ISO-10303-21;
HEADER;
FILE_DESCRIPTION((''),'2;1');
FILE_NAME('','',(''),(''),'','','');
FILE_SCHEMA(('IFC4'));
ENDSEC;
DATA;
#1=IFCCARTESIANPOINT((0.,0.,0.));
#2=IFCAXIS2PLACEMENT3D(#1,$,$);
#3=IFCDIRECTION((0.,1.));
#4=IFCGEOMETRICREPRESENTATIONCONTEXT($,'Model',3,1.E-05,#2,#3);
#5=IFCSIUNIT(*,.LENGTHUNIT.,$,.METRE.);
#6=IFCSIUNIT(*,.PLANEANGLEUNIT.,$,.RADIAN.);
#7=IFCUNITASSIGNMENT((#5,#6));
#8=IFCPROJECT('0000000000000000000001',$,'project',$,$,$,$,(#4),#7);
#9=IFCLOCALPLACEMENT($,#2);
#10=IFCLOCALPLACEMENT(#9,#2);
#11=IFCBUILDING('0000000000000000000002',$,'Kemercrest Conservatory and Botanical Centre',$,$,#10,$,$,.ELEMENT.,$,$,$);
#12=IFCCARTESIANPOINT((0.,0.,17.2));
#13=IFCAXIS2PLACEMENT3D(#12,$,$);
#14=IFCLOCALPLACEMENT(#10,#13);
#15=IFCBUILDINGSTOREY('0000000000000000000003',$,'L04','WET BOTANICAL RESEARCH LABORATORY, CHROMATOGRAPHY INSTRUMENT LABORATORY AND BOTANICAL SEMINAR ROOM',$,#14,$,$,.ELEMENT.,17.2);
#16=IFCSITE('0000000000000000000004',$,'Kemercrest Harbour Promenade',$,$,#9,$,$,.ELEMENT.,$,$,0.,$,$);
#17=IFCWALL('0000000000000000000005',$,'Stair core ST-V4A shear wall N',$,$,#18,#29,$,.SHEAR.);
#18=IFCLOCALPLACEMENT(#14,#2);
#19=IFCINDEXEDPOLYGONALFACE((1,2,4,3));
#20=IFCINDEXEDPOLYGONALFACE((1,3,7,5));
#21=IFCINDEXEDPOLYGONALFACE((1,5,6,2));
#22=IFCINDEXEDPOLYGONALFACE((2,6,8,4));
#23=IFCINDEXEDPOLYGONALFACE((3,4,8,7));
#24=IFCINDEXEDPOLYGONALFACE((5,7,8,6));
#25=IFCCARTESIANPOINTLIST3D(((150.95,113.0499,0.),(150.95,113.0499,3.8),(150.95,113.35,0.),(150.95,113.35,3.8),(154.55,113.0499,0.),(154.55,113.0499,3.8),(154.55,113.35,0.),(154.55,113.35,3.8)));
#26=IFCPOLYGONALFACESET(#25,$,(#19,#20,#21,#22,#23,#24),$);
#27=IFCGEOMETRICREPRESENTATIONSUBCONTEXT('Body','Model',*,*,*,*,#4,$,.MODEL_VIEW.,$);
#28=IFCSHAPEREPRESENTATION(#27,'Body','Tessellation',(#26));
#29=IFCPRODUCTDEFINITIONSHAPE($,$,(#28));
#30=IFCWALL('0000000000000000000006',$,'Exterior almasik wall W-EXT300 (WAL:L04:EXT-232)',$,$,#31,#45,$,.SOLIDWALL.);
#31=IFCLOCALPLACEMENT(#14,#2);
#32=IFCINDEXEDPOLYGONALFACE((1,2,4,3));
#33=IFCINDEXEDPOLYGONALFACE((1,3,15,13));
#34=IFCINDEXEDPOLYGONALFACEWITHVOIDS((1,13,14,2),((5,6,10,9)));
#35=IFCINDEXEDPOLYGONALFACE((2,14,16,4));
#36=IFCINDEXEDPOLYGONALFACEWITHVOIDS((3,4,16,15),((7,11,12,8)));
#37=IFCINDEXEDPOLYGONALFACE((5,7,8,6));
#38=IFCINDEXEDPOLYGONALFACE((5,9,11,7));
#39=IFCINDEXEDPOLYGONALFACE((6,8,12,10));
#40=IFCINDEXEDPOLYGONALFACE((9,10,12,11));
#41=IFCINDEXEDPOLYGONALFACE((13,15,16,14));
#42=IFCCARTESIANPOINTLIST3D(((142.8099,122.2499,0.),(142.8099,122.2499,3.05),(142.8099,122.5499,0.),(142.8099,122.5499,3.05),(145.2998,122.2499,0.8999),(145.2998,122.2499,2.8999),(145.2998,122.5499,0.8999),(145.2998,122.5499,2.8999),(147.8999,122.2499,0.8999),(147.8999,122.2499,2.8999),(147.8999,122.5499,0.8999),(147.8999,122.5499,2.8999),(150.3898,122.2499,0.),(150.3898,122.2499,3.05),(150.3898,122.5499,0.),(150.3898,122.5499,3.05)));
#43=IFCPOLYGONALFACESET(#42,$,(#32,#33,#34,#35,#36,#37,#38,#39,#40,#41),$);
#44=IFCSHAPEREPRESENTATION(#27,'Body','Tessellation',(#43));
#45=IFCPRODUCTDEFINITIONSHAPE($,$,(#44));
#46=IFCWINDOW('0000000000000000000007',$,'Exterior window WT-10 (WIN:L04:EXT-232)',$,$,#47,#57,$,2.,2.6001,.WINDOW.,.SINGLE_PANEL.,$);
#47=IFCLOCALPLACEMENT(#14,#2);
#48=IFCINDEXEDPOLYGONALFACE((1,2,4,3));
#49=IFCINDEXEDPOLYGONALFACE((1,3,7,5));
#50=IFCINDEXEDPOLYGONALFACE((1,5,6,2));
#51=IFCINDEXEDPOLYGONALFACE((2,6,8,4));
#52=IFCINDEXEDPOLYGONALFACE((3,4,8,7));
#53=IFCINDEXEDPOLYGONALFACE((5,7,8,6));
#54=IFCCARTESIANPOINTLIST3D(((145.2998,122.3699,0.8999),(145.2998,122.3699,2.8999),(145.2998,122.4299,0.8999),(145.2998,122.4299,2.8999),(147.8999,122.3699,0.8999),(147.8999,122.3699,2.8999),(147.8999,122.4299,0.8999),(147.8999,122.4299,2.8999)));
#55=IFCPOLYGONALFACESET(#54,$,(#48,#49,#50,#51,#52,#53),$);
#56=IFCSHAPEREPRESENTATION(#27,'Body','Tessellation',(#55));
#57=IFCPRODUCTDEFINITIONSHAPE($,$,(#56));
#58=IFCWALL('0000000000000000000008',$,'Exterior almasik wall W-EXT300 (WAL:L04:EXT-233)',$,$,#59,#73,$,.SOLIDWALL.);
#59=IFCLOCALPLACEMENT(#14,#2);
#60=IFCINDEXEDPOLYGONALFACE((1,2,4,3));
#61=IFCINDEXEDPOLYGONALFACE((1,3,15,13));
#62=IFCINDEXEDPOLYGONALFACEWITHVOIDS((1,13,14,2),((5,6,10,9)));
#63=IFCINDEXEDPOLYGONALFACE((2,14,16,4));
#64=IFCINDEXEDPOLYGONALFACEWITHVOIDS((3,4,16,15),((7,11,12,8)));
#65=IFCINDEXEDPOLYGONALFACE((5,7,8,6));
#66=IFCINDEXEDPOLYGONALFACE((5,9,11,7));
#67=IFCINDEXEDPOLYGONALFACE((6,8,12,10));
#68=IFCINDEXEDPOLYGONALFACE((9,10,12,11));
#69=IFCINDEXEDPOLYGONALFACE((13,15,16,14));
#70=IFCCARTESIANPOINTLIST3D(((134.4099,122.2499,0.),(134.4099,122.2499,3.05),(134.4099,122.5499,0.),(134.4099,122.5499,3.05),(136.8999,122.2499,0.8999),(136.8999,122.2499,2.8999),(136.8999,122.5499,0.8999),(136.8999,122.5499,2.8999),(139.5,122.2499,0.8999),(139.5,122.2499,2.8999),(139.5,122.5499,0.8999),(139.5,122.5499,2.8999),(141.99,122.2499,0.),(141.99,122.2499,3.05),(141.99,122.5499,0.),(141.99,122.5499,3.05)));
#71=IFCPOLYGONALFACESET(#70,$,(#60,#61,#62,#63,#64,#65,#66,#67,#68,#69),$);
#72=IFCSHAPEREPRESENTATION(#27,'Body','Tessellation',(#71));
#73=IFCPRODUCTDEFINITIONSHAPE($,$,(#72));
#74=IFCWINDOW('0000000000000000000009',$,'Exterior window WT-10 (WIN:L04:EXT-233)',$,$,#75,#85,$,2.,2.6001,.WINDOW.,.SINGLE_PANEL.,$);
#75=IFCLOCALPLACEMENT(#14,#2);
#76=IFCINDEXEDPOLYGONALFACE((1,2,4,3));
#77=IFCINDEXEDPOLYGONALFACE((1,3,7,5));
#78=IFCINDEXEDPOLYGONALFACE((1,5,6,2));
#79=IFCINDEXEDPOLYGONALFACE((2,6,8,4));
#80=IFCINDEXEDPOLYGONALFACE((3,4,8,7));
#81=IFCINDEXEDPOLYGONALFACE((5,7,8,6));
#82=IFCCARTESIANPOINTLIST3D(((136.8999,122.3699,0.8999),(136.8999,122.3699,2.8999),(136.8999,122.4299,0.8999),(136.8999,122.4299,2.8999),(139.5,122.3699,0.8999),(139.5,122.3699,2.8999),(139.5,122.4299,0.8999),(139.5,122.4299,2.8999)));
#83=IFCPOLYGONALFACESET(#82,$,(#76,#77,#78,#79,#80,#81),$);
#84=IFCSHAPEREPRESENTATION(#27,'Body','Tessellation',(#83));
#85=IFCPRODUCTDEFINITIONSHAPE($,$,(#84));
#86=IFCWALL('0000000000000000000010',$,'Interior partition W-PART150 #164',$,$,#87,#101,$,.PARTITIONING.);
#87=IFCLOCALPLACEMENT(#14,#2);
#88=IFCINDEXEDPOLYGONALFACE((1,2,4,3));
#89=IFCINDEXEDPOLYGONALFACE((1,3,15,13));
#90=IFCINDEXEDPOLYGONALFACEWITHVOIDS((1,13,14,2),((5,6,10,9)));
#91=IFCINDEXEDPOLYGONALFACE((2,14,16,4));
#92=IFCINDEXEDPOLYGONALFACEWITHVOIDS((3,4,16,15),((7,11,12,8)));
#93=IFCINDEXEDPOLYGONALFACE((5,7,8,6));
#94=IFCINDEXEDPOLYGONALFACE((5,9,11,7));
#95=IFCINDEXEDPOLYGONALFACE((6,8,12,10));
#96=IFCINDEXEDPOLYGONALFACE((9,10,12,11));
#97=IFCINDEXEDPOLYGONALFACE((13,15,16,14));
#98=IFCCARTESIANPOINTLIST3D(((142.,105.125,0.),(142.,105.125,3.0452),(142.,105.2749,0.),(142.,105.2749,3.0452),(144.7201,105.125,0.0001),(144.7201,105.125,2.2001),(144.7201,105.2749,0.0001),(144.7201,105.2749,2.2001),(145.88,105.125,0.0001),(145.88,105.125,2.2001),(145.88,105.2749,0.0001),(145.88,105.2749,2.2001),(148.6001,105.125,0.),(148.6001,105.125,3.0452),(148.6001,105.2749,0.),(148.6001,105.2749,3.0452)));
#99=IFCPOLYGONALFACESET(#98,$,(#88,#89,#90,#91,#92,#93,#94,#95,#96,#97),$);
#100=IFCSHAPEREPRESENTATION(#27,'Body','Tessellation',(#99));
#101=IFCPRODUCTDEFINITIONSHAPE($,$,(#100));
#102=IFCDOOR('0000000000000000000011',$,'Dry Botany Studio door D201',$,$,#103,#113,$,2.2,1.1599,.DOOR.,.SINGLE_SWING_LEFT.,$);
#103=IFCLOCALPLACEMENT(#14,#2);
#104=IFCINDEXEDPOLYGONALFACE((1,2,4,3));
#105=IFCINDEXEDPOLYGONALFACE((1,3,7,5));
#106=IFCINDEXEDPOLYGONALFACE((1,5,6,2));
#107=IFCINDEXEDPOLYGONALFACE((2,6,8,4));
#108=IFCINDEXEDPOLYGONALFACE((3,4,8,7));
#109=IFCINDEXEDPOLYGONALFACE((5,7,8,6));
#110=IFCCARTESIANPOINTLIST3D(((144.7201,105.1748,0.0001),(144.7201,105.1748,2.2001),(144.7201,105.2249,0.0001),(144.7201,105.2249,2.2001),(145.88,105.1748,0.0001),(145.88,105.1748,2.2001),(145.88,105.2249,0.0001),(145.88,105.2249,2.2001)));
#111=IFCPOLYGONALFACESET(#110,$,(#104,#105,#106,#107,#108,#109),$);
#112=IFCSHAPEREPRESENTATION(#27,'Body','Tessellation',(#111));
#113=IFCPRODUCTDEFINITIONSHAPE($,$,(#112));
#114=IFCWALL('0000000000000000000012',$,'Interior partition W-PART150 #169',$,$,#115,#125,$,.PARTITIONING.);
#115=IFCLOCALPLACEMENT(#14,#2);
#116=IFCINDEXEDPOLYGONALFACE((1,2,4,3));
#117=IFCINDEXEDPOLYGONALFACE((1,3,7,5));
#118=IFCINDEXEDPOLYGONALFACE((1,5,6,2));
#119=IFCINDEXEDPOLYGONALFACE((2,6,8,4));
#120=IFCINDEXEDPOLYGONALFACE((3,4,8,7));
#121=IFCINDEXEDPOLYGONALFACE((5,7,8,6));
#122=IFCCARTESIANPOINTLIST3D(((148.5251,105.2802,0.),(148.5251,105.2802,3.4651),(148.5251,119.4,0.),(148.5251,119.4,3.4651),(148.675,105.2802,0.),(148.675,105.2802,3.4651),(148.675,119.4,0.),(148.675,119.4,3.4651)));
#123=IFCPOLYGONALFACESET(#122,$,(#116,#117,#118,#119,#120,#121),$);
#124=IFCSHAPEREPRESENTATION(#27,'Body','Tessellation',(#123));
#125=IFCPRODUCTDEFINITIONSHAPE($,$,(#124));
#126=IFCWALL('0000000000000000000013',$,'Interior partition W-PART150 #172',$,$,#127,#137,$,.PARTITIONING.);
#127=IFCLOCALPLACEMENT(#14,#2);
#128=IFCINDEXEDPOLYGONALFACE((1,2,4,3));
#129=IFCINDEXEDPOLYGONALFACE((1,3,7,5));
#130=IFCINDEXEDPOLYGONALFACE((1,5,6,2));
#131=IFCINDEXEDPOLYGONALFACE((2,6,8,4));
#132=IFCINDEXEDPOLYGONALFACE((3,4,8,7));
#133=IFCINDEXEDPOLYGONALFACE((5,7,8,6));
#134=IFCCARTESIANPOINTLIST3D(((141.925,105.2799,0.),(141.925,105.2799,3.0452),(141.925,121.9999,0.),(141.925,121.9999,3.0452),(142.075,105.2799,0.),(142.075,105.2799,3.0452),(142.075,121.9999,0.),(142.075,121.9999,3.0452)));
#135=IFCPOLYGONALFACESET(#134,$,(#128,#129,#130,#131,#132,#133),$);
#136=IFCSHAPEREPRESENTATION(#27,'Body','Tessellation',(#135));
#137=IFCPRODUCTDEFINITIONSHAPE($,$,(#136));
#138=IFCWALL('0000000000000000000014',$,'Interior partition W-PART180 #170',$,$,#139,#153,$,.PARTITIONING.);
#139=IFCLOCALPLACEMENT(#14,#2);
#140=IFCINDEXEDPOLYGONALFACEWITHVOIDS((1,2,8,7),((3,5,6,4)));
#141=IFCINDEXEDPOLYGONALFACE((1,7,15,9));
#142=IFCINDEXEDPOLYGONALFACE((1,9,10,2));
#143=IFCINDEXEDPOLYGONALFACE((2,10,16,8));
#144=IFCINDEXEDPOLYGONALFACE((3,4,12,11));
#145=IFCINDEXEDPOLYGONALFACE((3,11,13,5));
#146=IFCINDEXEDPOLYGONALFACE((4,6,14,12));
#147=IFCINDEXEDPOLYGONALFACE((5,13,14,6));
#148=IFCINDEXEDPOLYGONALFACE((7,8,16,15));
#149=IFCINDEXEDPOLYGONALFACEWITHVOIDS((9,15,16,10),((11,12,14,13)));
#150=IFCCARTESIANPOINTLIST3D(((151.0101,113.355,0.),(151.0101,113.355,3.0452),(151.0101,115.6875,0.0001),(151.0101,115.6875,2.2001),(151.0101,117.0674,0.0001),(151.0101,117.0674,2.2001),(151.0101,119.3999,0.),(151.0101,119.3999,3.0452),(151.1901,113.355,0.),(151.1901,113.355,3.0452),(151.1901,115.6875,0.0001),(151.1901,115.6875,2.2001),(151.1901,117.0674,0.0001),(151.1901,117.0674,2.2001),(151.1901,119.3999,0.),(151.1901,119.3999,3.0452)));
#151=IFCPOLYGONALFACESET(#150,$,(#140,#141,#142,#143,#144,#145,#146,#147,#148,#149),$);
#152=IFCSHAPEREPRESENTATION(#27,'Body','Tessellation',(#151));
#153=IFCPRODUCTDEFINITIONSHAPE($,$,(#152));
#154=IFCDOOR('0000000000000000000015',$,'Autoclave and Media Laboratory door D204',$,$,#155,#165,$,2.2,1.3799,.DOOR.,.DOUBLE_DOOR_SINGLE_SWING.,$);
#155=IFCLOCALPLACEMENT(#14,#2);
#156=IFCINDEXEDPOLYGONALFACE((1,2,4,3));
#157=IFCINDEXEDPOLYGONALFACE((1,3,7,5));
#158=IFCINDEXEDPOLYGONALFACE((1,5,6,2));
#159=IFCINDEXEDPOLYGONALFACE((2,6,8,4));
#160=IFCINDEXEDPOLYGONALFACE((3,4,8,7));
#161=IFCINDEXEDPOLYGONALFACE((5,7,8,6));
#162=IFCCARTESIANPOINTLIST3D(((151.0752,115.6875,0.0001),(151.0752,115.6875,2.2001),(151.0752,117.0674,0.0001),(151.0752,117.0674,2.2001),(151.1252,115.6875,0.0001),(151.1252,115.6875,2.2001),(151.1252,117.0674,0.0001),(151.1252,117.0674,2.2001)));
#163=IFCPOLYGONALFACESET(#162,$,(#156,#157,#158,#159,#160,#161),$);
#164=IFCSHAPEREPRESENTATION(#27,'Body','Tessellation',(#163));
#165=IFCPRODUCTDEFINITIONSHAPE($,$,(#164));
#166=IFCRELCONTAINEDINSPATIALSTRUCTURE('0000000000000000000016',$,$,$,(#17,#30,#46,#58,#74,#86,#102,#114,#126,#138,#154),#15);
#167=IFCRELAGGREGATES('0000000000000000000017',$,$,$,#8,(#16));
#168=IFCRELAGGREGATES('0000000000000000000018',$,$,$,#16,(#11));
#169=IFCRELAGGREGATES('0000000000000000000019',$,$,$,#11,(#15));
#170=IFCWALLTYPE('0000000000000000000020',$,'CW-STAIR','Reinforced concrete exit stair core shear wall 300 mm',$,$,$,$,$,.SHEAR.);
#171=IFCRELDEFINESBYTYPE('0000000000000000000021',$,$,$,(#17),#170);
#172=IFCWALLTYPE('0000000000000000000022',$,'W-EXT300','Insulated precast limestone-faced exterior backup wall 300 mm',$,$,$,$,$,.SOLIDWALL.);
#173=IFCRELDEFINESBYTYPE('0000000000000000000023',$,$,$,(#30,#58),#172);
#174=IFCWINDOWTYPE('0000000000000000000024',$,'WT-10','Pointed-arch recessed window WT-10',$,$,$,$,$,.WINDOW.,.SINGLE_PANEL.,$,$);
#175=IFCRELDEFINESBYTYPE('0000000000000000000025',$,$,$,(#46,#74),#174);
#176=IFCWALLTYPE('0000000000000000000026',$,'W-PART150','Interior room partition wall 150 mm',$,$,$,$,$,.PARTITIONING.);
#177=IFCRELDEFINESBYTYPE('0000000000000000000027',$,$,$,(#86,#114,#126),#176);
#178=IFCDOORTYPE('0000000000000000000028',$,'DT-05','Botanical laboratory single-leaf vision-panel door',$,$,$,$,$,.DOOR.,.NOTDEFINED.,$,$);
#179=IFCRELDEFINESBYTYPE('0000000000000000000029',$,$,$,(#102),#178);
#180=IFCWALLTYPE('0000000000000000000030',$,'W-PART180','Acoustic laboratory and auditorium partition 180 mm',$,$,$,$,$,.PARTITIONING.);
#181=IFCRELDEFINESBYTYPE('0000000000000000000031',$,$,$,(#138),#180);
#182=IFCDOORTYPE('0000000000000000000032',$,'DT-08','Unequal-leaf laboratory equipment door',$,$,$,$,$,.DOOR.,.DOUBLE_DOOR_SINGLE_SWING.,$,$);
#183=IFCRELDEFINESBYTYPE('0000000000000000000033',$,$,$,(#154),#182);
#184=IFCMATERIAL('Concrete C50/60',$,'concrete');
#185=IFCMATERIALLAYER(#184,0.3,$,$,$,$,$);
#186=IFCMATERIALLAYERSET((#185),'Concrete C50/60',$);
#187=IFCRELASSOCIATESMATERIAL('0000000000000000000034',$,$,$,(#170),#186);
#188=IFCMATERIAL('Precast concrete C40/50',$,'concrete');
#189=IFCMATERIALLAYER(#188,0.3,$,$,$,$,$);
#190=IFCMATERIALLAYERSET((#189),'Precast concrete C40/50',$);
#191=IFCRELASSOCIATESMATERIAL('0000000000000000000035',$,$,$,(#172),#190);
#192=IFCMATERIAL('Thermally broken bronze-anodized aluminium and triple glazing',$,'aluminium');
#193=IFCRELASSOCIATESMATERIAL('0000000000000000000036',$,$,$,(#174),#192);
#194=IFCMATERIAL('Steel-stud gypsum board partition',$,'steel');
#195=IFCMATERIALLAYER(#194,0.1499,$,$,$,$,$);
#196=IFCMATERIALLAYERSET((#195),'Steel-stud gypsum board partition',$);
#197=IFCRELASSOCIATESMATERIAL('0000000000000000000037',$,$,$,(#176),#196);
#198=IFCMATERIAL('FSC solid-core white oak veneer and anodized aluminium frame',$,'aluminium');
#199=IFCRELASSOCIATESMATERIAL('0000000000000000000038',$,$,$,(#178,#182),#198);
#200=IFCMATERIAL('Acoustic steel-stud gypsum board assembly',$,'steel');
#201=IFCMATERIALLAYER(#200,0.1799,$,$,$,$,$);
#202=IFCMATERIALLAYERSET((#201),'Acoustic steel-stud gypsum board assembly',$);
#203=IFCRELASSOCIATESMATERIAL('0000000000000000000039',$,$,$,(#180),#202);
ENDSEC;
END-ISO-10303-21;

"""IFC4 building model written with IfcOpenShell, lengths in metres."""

from ifc_helpers import new_model, si_unit, direction, frame, frame_2d, origin, place, context, subcontext, project, spatial, rectangle, extrude, material, layer, layer_set, type_object, element, fill, save


model = new_model("IFC4")

# Units and contexts
model_context = context("Model", 3, precision=1e-05, world=origin(), true_north=direction((0.0, 1.0)))
body_context = subcontext(model_context, "Body", "Model", "MODEL_VIEW")
ifc_project = project(units=[si_unit("LENGTHUNIT", "METRE"), si_unit("PLANEANGLEUNIT", "RADIAN")], contexts=[model_context])

# Site, building, storey
site_placement = place(None, origin())
site = spatial("IfcSite", under=ifc_project, at=site_placement, Name="Kemercrest Harbour Promenade", CompositionType="ELEMENT", RefElevation=0.0)
building_placement = place(site_placement, origin())
building = spatial("IfcBuilding", under=site, at=building_placement, Name="Kemercrest Conservatory and Botanical Centre", CompositionType="ELEMENT")
storey_placement = place(building_placement, frame((0.0, 0.0, 17.2)))
storey = spatial("IfcBuildingStorey", under=building, at=storey_placement, Name="L04", Description="WET BOTANICAL RESEARCH LABORATORY, CHROMATOGRAPHY INSTRUMENT LABORATORY AND BOTANICAL SEMINAR ROOM", CompositionType="ELEMENT", Elevation=17.2)

# Shared definitions
ifc_material_1 = material(Name="Concrete C50/60", Category="concrete")

# Wall
ifc_layer_1 = layer(ifc_material_1, 0.3)
ifc_layer_set_1 = layer_set([ifc_layer_1], Name="Concrete C50/60")
wall_type_1 = type_object("IfcWallType", Name="CW-STAIR", Description="Reinforced concrete exit stair core shear wall 300 mm", PredefinedType="SHEAR", material=ifc_layer_set_1)
for number, where, z_axis, x_axis, name in (
    (1, (150.95, 113.2, 0.0), (0.0, 0.0, 1.0), (1.0, 0.0, 0.0), "Stair core ST-V4A shear wall N"),
):
    element("IfcWall", number, at=place(storey_placement, frame(where, z_axis=z_axis, x_axis=x_axis)), inside=storey, type_object=wall_type_1, Name=name, PredefinedType="SHEAR", context=body_context, shape_type="SweptSolid", body=[
        extrude(rectangle(XDim=3.6001, YDim=0.3, at=frame_2d((1.8, 0.0))), origin(), (0.0, 0.0, 1.0), 3.8),
    ])

# Walls, openings, windows
ifc_material_2 = material(Name="Precast concrete C40/50", Category="concrete")
ifc_layer_2 = layer(ifc_material_2, 0.3)
ifc_layer_set_2 = layer_set([ifc_layer_2], Name="Precast concrete C40/50")
wall_type_2 = type_object("IfcWallType", Name="W-EXT300", Description="Insulated precast limestone-faced exterior backup wall 300 mm", PredefinedType="SOLIDWALL", material=ifc_layer_set_2)
wall_1_placement = place(storey_placement, frame((150.3899, 122.3999, 0.0), z_axis=(0.0, 0.0, 1.0), x_axis=(-1.0, 0.0, 0.0)))
wall_1 = element("IfcWall", 2, at=wall_1_placement, inside=storey, type_object=wall_type_2, Name="Exterior almasik wall W-EXT300 (WAL:L04:EXT-232)", PredefinedType="SOLIDWALL", context=body_context, shape_type="SweptSolid", body=[
    extrude(rectangle(XDim=7.5798, YDim=0.3, at=frame_2d((3.79, 0.0))), origin(), (0.0, 0.0, 1.0), 3.05),
])
opening_1_placement = place(wall_1_placement, frame((2.49, 0.0, 0.8999)))
opening_1 = element("IfcOpeningElement", 3, at=opening_1_placement, cuts=wall_1, PredefinedType="OPENING", context=body_context, shape_type="SweptSolid", body=[
    extrude(rectangle(XDim=2.6001, YDim=2.0, at=frame_2d((1.3, 1.0))), frame((0.0, 0.1602, 0.0), z_axis=(0.0, -1.0, 0.0), x_axis=(1.0, 0.0, 0.0)), (0.0, 0.0, 1.0), 0.3201),
])
ifc_material_3 = material(Name="Thermally broken bronze-anodized aluminium and triple glazing", Category="aluminium")
window_type = type_object("IfcWindowType", Name="WT-10", Description="Pointed-arch recessed window WT-10", PartitioningType="SINGLE_PANEL", PredefinedType="WINDOW", material=ifc_material_3)
window_1_placement = place(opening_1_placement, origin())
window_1 = element("IfcWindow", 4, at=window_1_placement, inside=storey, type_object=window_type, Name="Exterior window WT-10 (WIN:L04:EXT-232)", OverallHeight=2.0, OverallWidth=2.6001, PartitioningType="SINGLE_PANEL", PredefinedType="WINDOW", context=body_context, shape_type="SweptSolid", body=[
    extrude(rectangle(XDim=2.6001, YDim=2.0, at=frame_2d((1.3, 1.0))), frame((0.0, 0.03, 0.0), z_axis=(0.0, -1.0, 0.0), x_axis=(1.0, 0.0, 0.0)), (0.0, 0.0, 1.0), 0.0601),
])
fill(opening_1, window_1)
wall_2_placement = place(storey_placement, frame((141.99, 122.3999, 0.0), z_axis=(0.0, 0.0, 1.0), x_axis=(-1.0, 0.0, 0.0)))
wall_2 = element("IfcWall", 5, at=wall_2_placement, inside=storey, type_object=wall_type_2, Name="Exterior almasik wall W-EXT300 (WAL:L04:EXT-233)", PredefinedType="SOLIDWALL", context=body_context, shape_type="SweptSolid", body=[
    extrude(rectangle(XDim=7.5801, YDim=0.3, at=frame_2d((3.79, 0.0))), origin(), (0.0, 0.0, 1.0), 3.05),
])
opening_2_placement = place(wall_2_placement, frame((2.49, 0.0, 0.8999)))
opening_2 = element("IfcOpeningElement", 6, at=opening_2_placement, cuts=wall_2, PredefinedType="OPENING", context=body_context, shape_type="SweptSolid", body=[
    extrude(rectangle(XDim=2.6001, YDim=2.0, at=frame_2d((1.3, 1.0))), frame((0.0, 0.1602, 0.0), z_axis=(0.0, -1.0, 0.0), x_axis=(1.0, 0.0, 0.0)), (0.0, 0.0, 1.0), 0.3201),
])
window_2_placement = place(opening_2_placement, origin())
window_2 = element("IfcWindow", 7, at=window_2_placement, inside=storey, type_object=window_type, Name="Exterior window WT-10 (WIN:L04:EXT-233)", OverallHeight=2.0, OverallWidth=2.6001, PartitioningType="SINGLE_PANEL", PredefinedType="WINDOW", context=body_context, shape_type="SweptSolid", body=[
    extrude(rectangle(XDim=2.6001, YDim=2.0, at=frame_2d((1.3, 1.0))), frame((0.0, 0.03, 0.0), z_axis=(0.0, -1.0, 0.0), x_axis=(1.0, 0.0, 0.0)), (0.0, 0.0, 1.0), 0.0601),
])
fill(opening_2, window_2)

# Wall, opening, door
ifc_material_4 = material(Name="Steel-stud gypsum board partition", Category="steel")
ifc_layer_3 = layer(ifc_material_4, 0.1499)
ifc_layer_set_3 = layer_set([ifc_layer_3], Name="Steel-stud gypsum board partition")
wall_type_3 = type_object("IfcWallType", Name="W-PART150", Description="Interior room partition wall 150 mm", PredefinedType="PARTITIONING", material=ifc_layer_set_3)
wall_3_placement = place(storey_placement, frame((142.0, 105.2, 0.0), z_axis=(0.0, 0.0, 1.0), x_axis=(1.0, 0.0, 0.0)))
wall_3 = element("IfcWall", 8, at=wall_3_placement, inside=storey, type_object=wall_type_3, Name="Interior partition W-PART150 #164", PredefinedType="PARTITIONING", context=body_context, shape_type="SweptSolid", body=[
    extrude(rectangle(XDim=6.6001, YDim=0.1499, at=frame_2d((3.3, 0.0))), origin(), (0.0, 0.0, 1.0), 3.0452),
])
opening_3_placement = place(wall_3_placement, frame((2.72, 0.0, 0.0)))
opening_3 = element("IfcOpeningElement", 9, at=opening_3_placement, cuts=wall_3, PredefinedType="OPENING", context=body_context, shape_type="SweptSolid", body=[
    extrude(rectangle(XDim=1.1599, YDim=2.2, at=frame_2d((0.5801, 1.1001))), frame((0.0, 0.085, 0.0), z_axis=(0.0, -1.0, 0.0), x_axis=(1.0, 0.0, 0.0)), (0.0, 0.0, 1.0), 0.1699),
])
ifc_material_5 = material(Name="FSC solid-core white oak veneer and anodized aluminium frame", Category="aluminium")
door_type_1 = type_object("IfcDoorType", Name="DT-05", Description="Botanical laboratory single-leaf vision-panel door", OperationType="NOTDEFINED", PredefinedType="DOOR", material=ifc_material_5)
door_1_placement = place(opening_3_placement, origin())
door_1 = element("IfcDoor", 10, at=door_1_placement, inside=storey, type_object=door_type_1, Name="Dry Botany Studio door D201", OperationType="SINGLE_SWING_LEFT", OverallHeight=2.2, OverallWidth=1.1599, PredefinedType="DOOR", context=body_context, shape_type="SweptSolid", body=[
    extrude(rectangle(XDim=1.1599, YDim=2.2, at=frame_2d((0.5801, 1.1001))), frame((0.0, 0.0249, 0.0), z_axis=(0.0, -1.0, 0.0), x_axis=(1.0, 0.0, 0.0)), (0.0, 0.0, 1.0), 0.05),
])
fill(opening_3, door_1)

# Walls
wall_4_placement = place(storey_placement, frame((148.6001, 105.28, 0.0), z_axis=(0.0, 0.0, 1.0), x_axis=(0.0, 1.0, 0.0)))
element("IfcWall", 11, at=wall_4_placement, inside=storey, type_object=wall_type_3, Name="Interior partition W-PART150 #169", PredefinedType="PARTITIONING", context=body_context, shape_type="SweptSolid", body=[
    extrude(rectangle(XDim=14.1199, YDim=0.1499, at=frame_2d((7.0601, 0.0))), origin(), (0.0, 0.0, 1.0), 3.4651),
])
wall_5_placement = place(storey_placement, frame((142.0, 105.28, 0.0), z_axis=(0.0, 0.0, 1.0), x_axis=(0.0, 1.0, 0.0)))
element("IfcWall", 12, at=wall_5_placement, inside=storey, type_object=wall_type_3, Name="Interior partition W-PART150 #172", PredefinedType="PARTITIONING", context=body_context, shape_type="SweptSolid", body=[
    extrude(rectangle(XDim=16.72, YDim=0.1499, at=frame_2d((8.3599, 0.0))), origin(), (0.0, 0.0, 1.0), 3.0452),
])

# Wall, opening, door
ifc_material_6 = material(Name="Acoustic steel-stud gypsum board assembly", Category="steel")
ifc_layer_4 = layer(ifc_material_6, 0.1799)
ifc_layer_set_4 = layer_set([ifc_layer_4], Name="Acoustic steel-stud gypsum board assembly")
wall_type_4 = type_object("IfcWallType", Name="W-PART180", Description="Acoustic laboratory and auditorium partition 180 mm", PredefinedType="PARTITIONING", material=ifc_layer_set_4)
wall_6_placement = place(storey_placement, frame((151.1001, 113.355, 0.0), z_axis=(0.0, 0.0, 1.0), x_axis=(0.0, 1.0, 0.0)))
wall_6 = element("IfcWall", 13, at=wall_6_placement, inside=storey, type_object=wall_type_4, Name="Interior partition W-PART180 #170", PredefinedType="PARTITIONING", context=body_context, shape_type="SweptSolid", body=[
    extrude(rectangle(XDim=6.0449, YDim=0.1799, at=frame_2d((3.0225, 0.0))), origin(), (0.0, 0.0, 1.0), 3.0452),
])
opening_4_placement = place(wall_6_placement, frame((2.3325, 0.0, 0.0)))
opening_4 = element("IfcOpeningElement", 14, at=opening_4_placement, cuts=wall_6, PredefinedType="OPENING", context=body_context, shape_type="SweptSolid", body=[
    extrude(rectangle(XDim=1.3799, YDim=2.2, at=frame_2d((0.6899, 1.1001))), frame((0.0, 0.1001, 0.0), z_axis=(0.0, -1.0, 0.0), x_axis=(1.0, 0.0, 0.0)), (0.0, 0.0, 1.0), 0.2),
])
door_type_2 = type_object("IfcDoorType", Name="DT-08", Description="Unequal-leaf laboratory equipment door", OperationType="DOUBLE_DOOR_SINGLE_SWING", PredefinedType="DOOR", material=ifc_material_5)
door_2_placement = place(opening_4_placement, origin())
door_2 = element("IfcDoor", 15, at=door_2_placement, inside=storey, type_object=door_type_2, Name="Autoclave and Media Laboratory door D204", OperationType="DOUBLE_DOOR_SINGLE_SWING", OverallHeight=2.2, OverallWidth=1.3799, PredefinedType="DOOR", context=body_context, shape_type="SweptSolid", body=[
    extrude(rectangle(XDim=1.3799, YDim=2.2, at=frame_2d((0.6899, 1.1001))), frame((0.0, 0.0249, 0.0), z_axis=(0.0, -1.0, 0.0), x_axis=(1.0, 0.0, 0.0)), (0.0, 0.0, 1.0), 0.05),
])
fill(opening_4, door_2)

save(model, "model.ifc")
